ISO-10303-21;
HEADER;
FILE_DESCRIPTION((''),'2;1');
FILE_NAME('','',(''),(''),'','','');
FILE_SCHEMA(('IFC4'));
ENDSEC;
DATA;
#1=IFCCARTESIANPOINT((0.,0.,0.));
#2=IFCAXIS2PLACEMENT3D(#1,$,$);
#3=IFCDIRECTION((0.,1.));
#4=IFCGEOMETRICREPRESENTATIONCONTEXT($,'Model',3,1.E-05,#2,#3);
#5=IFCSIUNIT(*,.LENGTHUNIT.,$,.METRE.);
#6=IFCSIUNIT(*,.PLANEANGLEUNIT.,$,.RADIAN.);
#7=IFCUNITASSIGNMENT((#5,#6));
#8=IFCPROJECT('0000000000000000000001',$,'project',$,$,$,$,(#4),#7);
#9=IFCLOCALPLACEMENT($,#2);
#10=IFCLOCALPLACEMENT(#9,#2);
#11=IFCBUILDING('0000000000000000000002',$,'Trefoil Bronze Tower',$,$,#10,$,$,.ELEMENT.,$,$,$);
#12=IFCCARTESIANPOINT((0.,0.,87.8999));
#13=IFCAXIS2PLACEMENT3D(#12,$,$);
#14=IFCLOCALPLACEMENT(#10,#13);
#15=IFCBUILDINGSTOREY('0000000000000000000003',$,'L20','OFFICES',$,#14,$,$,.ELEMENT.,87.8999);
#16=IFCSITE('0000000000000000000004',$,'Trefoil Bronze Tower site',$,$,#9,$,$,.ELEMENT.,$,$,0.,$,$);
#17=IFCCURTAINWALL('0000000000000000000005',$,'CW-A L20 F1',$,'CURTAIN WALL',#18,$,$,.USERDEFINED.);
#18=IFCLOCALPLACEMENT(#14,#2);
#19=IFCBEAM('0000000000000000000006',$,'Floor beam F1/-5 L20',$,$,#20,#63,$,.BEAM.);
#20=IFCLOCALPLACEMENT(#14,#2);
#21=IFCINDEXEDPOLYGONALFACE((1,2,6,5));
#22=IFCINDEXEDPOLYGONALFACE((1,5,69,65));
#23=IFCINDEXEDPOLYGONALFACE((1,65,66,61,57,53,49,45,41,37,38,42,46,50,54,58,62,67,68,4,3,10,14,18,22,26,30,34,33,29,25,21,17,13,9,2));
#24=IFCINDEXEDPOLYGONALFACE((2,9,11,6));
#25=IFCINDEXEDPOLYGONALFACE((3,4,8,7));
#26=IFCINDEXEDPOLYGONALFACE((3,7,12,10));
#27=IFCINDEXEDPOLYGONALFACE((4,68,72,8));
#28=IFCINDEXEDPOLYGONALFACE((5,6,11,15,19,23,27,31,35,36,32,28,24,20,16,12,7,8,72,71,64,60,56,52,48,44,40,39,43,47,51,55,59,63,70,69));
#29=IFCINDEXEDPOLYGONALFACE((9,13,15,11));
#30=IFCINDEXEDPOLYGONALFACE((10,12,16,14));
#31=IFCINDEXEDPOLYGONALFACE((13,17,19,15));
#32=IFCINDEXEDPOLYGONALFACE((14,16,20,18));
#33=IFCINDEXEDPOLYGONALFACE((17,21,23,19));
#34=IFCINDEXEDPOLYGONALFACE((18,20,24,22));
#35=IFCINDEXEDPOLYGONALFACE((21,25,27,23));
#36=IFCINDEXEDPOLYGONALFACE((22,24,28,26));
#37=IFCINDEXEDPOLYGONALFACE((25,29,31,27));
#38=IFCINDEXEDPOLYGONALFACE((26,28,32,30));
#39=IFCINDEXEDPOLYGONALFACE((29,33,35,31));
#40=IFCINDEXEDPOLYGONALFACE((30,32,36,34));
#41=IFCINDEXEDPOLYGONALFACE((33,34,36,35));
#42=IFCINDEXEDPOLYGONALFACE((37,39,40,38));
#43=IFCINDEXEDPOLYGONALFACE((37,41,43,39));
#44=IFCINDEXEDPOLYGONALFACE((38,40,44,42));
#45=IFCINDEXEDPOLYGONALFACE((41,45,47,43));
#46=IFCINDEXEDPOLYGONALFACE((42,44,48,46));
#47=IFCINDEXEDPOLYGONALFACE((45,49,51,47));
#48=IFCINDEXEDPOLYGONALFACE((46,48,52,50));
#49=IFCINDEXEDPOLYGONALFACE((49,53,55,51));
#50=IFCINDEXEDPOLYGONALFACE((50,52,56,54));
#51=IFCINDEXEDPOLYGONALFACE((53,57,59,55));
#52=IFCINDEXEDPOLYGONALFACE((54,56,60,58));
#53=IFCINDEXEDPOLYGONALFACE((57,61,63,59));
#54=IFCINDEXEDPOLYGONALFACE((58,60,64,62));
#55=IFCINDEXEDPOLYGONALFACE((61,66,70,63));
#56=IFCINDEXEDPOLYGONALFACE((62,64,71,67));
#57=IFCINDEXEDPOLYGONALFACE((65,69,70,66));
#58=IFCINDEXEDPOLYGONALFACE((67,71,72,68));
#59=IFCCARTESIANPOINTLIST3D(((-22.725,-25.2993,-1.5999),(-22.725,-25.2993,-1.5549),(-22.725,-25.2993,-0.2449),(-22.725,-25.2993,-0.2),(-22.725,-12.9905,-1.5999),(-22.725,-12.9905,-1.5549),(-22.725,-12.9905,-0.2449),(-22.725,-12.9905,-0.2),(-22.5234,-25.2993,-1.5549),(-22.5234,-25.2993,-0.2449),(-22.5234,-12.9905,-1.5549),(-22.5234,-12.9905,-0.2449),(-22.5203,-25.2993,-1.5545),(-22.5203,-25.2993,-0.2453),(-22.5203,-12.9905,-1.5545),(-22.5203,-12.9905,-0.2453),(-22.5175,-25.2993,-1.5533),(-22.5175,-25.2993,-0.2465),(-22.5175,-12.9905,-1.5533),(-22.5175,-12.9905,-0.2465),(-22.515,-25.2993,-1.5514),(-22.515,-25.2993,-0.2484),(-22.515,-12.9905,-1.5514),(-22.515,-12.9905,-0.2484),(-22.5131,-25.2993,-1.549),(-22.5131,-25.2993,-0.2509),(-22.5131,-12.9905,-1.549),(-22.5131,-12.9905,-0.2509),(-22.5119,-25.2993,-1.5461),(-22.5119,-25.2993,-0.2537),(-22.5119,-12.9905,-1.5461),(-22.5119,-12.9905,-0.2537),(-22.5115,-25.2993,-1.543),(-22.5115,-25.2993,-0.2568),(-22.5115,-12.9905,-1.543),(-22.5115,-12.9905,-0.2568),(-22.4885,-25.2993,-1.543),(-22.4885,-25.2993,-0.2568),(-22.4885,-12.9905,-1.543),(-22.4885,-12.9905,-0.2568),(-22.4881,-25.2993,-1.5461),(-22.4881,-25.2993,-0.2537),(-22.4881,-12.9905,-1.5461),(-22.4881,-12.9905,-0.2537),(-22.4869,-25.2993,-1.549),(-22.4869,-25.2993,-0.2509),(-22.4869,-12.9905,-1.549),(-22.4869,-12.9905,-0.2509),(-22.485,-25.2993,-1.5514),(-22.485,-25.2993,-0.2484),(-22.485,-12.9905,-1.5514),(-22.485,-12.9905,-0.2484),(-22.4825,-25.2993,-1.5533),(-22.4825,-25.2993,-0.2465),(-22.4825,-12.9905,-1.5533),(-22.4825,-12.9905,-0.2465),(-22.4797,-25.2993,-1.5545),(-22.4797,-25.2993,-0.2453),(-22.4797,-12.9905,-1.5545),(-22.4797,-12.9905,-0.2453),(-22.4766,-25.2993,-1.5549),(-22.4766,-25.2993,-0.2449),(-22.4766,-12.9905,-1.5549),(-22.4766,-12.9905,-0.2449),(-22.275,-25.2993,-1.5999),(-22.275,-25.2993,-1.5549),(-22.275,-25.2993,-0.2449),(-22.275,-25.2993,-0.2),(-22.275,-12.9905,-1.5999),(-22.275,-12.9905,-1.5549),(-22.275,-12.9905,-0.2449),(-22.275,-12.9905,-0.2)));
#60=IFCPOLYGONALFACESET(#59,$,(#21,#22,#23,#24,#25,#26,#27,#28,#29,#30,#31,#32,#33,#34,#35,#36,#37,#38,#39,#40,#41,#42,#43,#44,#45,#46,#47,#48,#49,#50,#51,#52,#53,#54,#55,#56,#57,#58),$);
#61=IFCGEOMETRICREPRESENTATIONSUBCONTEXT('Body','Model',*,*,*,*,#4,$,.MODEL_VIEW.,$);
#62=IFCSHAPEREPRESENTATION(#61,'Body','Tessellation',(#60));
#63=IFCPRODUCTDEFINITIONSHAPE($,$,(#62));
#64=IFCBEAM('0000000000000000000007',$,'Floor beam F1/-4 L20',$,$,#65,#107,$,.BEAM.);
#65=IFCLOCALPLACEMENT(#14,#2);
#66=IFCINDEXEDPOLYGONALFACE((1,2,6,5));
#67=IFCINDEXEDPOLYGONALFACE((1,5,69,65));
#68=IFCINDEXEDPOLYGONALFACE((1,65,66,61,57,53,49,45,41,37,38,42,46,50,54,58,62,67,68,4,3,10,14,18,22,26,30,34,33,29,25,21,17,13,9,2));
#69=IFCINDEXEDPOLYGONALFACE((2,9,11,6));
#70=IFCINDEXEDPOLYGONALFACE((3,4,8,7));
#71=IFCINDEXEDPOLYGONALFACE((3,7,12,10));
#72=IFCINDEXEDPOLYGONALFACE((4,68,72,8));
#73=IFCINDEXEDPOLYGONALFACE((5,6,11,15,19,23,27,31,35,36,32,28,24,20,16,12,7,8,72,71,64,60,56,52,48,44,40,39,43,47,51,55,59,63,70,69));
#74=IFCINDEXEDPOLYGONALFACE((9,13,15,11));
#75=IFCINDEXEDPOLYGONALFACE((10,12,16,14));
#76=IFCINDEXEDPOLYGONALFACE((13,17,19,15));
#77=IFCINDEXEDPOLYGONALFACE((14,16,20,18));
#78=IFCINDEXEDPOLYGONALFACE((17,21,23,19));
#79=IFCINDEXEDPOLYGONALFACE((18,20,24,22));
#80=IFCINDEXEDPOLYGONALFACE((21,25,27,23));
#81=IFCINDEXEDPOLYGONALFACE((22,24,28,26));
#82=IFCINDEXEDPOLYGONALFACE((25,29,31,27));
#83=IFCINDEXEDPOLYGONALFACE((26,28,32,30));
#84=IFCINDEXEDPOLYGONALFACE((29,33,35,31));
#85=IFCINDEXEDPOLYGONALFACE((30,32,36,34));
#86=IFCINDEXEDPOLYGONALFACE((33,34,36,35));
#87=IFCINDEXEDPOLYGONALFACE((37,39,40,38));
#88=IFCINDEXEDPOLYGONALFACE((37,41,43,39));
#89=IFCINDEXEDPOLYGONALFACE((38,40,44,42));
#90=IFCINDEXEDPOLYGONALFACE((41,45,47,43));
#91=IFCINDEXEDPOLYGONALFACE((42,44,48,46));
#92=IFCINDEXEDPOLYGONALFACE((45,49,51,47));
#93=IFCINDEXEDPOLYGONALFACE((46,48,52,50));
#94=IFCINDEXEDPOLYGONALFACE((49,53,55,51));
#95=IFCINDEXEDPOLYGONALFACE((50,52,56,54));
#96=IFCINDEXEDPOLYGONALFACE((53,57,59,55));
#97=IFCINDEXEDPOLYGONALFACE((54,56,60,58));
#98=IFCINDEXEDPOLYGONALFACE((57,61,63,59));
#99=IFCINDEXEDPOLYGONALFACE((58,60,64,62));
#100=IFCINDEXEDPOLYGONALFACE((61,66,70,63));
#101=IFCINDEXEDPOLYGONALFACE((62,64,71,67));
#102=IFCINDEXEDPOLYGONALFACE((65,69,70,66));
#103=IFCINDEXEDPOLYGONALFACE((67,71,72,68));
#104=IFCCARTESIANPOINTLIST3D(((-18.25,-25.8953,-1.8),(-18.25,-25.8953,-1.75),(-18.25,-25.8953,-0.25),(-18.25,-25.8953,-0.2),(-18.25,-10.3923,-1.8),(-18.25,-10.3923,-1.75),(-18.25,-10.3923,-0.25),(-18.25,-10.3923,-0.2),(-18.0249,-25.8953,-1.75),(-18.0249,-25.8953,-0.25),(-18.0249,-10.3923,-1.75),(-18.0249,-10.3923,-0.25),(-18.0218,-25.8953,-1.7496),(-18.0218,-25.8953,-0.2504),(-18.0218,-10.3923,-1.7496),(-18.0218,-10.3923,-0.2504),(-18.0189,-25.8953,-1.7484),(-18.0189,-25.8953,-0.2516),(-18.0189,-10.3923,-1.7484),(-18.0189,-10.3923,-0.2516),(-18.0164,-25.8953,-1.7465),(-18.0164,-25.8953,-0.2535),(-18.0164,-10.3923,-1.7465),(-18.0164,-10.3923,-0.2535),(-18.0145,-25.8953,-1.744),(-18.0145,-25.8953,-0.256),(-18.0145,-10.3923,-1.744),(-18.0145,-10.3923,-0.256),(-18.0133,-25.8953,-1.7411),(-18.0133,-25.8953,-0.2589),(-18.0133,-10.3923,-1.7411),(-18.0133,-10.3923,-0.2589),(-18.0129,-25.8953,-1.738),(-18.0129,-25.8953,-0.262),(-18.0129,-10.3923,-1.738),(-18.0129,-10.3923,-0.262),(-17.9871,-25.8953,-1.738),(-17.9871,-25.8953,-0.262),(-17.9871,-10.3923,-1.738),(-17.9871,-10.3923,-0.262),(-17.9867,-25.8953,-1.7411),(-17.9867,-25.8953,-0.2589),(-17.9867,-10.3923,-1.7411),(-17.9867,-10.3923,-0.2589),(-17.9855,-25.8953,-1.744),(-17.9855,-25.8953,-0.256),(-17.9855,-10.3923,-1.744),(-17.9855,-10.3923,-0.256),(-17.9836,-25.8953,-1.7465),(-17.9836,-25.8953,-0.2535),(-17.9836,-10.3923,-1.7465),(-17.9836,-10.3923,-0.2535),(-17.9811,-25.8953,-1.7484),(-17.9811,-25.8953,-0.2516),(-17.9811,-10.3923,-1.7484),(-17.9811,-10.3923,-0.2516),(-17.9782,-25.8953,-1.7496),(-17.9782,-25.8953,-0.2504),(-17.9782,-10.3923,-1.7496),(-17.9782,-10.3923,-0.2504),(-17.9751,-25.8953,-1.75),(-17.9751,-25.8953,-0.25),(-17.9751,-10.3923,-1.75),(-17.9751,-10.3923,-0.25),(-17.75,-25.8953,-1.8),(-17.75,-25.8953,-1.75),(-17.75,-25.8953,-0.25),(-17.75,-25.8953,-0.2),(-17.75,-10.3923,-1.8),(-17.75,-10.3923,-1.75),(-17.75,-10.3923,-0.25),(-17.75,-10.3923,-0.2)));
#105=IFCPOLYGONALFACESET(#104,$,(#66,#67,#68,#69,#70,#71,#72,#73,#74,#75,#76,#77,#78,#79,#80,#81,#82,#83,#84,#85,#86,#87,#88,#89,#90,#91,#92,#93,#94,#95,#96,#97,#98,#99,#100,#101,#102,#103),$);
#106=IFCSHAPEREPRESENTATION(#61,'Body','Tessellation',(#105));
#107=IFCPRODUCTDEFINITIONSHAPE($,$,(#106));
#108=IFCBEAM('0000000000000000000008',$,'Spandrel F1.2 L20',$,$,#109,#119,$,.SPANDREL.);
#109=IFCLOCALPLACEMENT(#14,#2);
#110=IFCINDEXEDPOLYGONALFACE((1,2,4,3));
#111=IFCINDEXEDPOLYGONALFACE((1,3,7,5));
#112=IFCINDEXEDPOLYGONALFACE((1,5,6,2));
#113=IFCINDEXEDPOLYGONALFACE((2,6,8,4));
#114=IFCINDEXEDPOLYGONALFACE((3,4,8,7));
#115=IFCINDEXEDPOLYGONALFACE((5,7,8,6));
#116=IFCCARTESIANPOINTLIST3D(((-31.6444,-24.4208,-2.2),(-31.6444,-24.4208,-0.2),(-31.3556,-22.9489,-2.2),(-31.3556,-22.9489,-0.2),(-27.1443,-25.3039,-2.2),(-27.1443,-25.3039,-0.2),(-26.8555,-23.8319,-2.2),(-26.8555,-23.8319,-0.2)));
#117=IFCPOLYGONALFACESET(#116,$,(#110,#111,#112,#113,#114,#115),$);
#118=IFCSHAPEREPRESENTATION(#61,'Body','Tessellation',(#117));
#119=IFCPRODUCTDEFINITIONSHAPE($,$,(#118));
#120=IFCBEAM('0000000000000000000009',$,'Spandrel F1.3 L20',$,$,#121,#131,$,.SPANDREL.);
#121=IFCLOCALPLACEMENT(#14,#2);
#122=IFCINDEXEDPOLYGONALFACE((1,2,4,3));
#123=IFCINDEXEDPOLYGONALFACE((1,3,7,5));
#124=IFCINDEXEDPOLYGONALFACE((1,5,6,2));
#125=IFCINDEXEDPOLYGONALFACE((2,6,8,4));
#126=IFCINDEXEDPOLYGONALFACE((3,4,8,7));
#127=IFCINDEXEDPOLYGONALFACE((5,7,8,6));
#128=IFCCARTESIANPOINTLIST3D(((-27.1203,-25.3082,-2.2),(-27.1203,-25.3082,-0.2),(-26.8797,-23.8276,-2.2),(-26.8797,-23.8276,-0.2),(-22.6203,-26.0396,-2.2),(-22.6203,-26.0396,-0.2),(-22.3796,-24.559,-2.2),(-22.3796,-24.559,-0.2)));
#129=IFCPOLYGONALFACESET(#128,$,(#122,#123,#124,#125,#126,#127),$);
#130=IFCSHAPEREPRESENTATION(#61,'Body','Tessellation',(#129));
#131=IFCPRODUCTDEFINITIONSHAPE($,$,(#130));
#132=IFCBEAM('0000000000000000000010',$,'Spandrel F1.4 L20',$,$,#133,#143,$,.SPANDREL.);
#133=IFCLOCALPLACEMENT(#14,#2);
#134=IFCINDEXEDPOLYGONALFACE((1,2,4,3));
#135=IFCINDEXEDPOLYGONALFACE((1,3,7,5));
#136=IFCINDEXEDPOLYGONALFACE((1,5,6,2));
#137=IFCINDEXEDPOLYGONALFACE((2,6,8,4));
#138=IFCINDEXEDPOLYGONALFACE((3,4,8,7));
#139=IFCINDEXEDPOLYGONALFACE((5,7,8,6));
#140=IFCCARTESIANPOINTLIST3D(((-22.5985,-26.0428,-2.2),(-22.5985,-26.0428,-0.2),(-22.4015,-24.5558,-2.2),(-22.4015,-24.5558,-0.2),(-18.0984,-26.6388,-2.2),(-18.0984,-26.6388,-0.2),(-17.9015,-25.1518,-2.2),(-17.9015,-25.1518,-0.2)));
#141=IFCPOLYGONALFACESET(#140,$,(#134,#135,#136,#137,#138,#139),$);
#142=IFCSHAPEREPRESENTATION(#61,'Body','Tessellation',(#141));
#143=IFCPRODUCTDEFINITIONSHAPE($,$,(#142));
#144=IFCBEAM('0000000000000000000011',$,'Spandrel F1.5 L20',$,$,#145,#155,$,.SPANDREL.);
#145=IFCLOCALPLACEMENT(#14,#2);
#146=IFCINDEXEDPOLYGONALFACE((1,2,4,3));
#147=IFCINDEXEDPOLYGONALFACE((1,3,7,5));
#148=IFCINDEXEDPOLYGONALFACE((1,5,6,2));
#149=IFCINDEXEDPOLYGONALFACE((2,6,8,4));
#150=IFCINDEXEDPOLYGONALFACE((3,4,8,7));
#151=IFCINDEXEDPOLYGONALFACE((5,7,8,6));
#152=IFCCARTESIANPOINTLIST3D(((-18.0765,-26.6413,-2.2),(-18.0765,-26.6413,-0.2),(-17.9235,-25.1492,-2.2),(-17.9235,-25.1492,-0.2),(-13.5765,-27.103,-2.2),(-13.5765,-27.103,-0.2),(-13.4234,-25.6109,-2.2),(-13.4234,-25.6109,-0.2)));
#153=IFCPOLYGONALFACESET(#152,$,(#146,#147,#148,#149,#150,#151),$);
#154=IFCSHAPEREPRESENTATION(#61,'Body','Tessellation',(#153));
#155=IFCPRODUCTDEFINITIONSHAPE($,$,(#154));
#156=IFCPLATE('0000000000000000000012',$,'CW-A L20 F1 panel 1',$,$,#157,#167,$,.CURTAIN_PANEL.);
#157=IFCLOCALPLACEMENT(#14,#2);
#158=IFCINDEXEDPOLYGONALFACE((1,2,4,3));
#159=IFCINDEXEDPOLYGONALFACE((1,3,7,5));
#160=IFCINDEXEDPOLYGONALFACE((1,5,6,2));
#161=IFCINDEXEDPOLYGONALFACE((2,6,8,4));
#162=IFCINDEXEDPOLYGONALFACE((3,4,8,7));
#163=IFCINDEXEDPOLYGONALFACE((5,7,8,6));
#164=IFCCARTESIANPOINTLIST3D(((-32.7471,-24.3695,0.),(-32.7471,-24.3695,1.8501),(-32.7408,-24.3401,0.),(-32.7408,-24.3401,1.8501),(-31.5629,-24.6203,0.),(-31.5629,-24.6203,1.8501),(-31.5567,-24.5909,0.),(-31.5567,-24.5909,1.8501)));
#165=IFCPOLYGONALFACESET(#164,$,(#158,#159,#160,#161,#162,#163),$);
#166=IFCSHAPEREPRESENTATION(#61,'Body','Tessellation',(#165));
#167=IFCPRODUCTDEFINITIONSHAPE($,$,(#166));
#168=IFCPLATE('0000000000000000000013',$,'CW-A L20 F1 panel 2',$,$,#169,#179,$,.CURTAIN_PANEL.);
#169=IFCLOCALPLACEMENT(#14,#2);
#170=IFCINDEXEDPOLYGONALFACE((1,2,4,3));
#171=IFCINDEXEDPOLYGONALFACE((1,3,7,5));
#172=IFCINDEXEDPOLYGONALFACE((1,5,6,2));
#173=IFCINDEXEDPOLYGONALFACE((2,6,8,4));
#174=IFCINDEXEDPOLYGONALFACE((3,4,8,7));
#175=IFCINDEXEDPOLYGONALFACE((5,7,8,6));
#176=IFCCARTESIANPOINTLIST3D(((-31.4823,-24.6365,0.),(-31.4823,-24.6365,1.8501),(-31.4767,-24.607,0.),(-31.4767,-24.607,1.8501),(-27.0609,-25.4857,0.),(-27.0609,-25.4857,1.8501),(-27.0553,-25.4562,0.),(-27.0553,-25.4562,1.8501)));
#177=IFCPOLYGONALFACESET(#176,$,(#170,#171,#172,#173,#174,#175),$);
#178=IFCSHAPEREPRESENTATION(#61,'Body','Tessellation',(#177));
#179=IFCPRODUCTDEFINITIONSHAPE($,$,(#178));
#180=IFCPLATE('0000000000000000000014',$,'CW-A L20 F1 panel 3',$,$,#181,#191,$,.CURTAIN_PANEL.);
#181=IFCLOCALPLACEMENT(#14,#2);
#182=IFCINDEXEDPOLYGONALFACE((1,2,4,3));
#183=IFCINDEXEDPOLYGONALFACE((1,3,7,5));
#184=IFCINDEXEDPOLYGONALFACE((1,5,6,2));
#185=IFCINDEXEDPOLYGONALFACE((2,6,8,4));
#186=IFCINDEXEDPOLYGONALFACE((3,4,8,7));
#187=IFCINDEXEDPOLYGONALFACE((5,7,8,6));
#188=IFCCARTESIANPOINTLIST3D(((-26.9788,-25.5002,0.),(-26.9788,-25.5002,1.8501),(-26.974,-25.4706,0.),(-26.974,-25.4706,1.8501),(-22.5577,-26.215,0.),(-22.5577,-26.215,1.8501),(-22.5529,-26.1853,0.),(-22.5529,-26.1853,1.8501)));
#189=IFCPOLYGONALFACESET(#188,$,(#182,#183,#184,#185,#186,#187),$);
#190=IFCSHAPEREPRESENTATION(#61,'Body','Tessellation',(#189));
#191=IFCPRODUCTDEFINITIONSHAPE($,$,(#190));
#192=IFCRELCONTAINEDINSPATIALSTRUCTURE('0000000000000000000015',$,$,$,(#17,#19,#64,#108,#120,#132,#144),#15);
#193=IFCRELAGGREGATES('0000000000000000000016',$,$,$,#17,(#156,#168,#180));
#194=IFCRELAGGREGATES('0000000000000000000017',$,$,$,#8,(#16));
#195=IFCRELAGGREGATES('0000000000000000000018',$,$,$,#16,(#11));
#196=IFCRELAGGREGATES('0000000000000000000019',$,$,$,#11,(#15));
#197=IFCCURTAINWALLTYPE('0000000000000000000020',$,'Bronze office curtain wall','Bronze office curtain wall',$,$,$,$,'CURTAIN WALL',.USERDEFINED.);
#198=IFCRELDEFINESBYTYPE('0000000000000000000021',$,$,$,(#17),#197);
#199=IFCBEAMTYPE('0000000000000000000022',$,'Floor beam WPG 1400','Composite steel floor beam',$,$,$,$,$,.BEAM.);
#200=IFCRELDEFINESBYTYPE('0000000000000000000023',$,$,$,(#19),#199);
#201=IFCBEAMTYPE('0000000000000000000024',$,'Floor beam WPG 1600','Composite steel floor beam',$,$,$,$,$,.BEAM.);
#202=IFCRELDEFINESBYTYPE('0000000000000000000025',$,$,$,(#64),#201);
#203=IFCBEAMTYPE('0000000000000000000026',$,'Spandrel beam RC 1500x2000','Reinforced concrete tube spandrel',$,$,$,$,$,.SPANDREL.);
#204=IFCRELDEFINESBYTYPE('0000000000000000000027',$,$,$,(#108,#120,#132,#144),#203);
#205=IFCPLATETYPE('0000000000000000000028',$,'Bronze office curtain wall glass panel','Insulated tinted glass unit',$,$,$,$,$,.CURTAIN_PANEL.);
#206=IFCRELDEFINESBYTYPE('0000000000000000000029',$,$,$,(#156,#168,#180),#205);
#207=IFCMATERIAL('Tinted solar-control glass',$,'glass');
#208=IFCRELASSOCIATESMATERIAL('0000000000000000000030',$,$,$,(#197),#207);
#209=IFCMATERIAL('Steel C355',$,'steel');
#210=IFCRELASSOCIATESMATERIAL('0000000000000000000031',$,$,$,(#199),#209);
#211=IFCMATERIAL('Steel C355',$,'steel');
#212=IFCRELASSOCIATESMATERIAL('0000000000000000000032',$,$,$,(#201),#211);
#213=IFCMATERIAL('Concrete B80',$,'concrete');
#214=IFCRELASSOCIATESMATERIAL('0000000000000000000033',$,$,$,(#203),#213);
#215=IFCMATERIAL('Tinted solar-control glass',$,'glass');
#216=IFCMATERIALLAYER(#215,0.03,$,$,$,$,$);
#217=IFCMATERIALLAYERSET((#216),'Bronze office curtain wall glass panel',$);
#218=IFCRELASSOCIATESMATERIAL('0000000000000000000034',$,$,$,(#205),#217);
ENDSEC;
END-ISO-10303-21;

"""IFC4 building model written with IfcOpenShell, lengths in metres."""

from ifc_helpers import new_model, si_unit, direction, frame, origin, origin_2d, place, context, subcontext, project, spatial, rectangle, i_section, extrude, material, layer, layer_set, material_profile, profile_set, type_object, element, aggregate, save


model = new_model("IFC4")

# Units and contexts
model_context = context("Model", 3, precision=1e-05, world=origin(), true_north=direction((0.0, 1.0)))
body_context = subcontext(model_context, "Body", "Model", "MODEL_VIEW")
ifc_project = project(units=[si_unit("LENGTHUNIT", "METRE"), si_unit("PLANEANGLEUNIT", "RADIAN")], contexts=[model_context])

# Site, building, storey
site_placement = place(None, origin())
site = spatial("IfcSite", under=ifc_project, at=site_placement, Name="Trefoil Bronze Tower site", CompositionType="ELEMENT", RefElevation=0.0)
building_placement = place(site_placement, origin())
building = spatial("IfcBuilding", under=site, at=building_placement, Name="Trefoil Bronze Tower", CompositionType="ELEMENT")
storey_placement = place(building_placement, frame((0.0, 0.0, 87.8999)))
storey = spatial("IfcBuildingStorey", under=building, at=storey_placement, Name="L20", Description="OFFICES", CompositionType="ELEMENT", Elevation=87.8999)

# Curtain wall
ifc_material_1 = material(Name="Tinted solar-control glass", Category="glass")
curtain_wall_type_1 = type_object("IfcCurtainWallType", Name="Bronze office curtain wall", Description="Bronze office curtain wall", ElementType="CURTAIN WALL", PredefinedType="USERDEFINED", material=ifc_material_1)
curtain_wall_1_placement = place(storey_placement, origin())
curtain_wall_1 = element("IfcCurtainWall", 1, at=curtain_wall_1_placement, inside=storey, type_object=curtain_wall_type_1, Name="CW-A L20 F1", ObjectType="CURTAIN WALL", PredefinedType="USERDEFINED")

# Beams
ifc_material_2 = material(Name="Steel C355", Category="steel")
ifc_material_profile_1 = material_profile(ifc_material_2, i_section(OverallWidth=0.45, OverallDepth=1.3999, WebThickness=0.0229, FlangeThickness=0.0449, FilletRadius=0.012, at=origin_2d()), Name="WPG 1400")
ifc_profile_set_1 = profile_set([ifc_material_profile_1], Name="Steel C355")
beam_type_1 = type_object("IfcBeamType", Name="Floor beam WPG 1400", Description="Composite steel floor beam", PredefinedType="BEAM", material=ifc_profile_set_1)
beam_1_placement = place(storey_placement, frame((-22.5, -25.2993, -0.8999), z_axis=(0.0, 1.0, 0.0), x_axis=(-1.0, 0.0, 0.0)))
element("IfcBeam", 2, at=beam_1_placement, inside=storey, type_object=beam_type_1, Name="Floor beam F1/-5 L20", PredefinedType="BEAM", context=body_context, shape_type="SweptSolid", body=[
    extrude(i_section(OverallWidth=0.45, OverallDepth=1.3999, WebThickness=0.0229, FlangeThickness=0.0449, FilletRadius=0.012, at=origin_2d()), origin(), (0.0, 0.0, 1.0), 12.3088),
])
ifc_material_3 = material(Name="Steel C355", Category="steel")
ifc_material_profile_2 = material_profile(ifc_material_3, i_section(OverallWidth=0.5, OverallDepth=1.6001, WebThickness=0.0259, FlangeThickness=0.05, FilletRadius=0.012, at=origin_2d()), Name="WPG 1600")
ifc_profile_set_2 = profile_set([ifc_material_profile_2], Name="Steel C355")
beam_type_2 = type_object("IfcBeamType", Name="Floor beam WPG 1600", Description="Composite steel floor beam", PredefinedType="BEAM", material=ifc_profile_set_2)
beam_2_placement = place(storey_placement, frame((-18.0, -25.8953, -1.0), z_axis=(0.0, 1.0, 0.0), x_axis=(-1.0, 0.0, 0.0)))
element("IfcBeam", 3, at=beam_2_placement, inside=storey, type_object=beam_type_2, Name="Floor beam F1/-4 L20", PredefinedType="BEAM", context=body_context, shape_type="SweptSolid", body=[
    extrude(i_section(OverallWidth=0.5, OverallDepth=1.6001, WebThickness=0.0259, FlangeThickness=0.05, FilletRadius=0.012, at=origin_2d()), origin(), (0.0, 0.0, 1.0), 15.5029),
])
ifc_material_4 = material(Name="Concrete B80", Category="concrete")
ifc_material_profile_3 = material_profile(ifc_material_4, rectangle(XDim=1.5, YDim=2.0, at=origin_2d()), Name="RC 1500x2000")
ifc_profile_set_3 = profile_set([ifc_material_profile_3], Name="Concrete B80")
beam_type_3 = type_object("IfcBeamType", Name="Spandrel beam RC 1500x2000", Description="Reinforced concrete tube spandrel", PredefinedType="SPANDREL", material=ifc_profile_set_3)
beam_3_placement = place(storey_placement, frame((-31.5, -23.6848, -1.2), z_axis=(0.981285, -0.192562, 0.0), x_axis=(0.192562, 0.981285, 0.0)))
element("IfcBeam", 4, at=beam_3_placement, inside=storey, type_object=beam_type_3, Name="Spandrel F1.2 L20", PredefinedType="SPANDREL", context=body_context, shape_type="SweptSolid", body=[
    extrude(rectangle(XDim=1.5, YDim=2.0, at=origin_2d()), origin(), (0.0, 0.0, 1.0), 4.5859),
])
beam_4_placement = place(storey_placement, frame((-27.0, -24.5679, -1.2), z_axis=(0.987046, -0.160438, 0.0), x_axis=(0.160438, 0.987046, 0.0)))
element("IfcBeam", 5, at=beam_4_placement, inside=storey, type_object=beam_type_3, Name="Spandrel F1.3 L20", PredefinedType="SPANDREL", context=body_context, shape_type="SweptSolid", body=[
    extrude(rectangle(XDim=1.5, YDim=2.0, at=origin_2d()), origin(), (0.0, 0.0, 1.0), 4.5591),
])
beam_5_placement = place(storey_placement, frame((-22.5, -25.2993, -1.2), z_axis=(0.991344, -0.131286, 0.0), x_axis=(0.131286, 0.991344, 0.0)))
element("IfcBeam", 6, at=beam_5_placement, inside=storey, type_object=beam_type_3, Name="Spandrel F1.4 L20", PredefinedType="SPANDREL", context=body_context, shape_type="SweptSolid", body=[
    extrude(rectangle(XDim=1.5, YDim=2.0, at=origin_2d()), origin(), (0.0, 0.0, 1.0), 4.5393),
])
beam_6_placement = place(storey_placement, frame((-18.0, -25.8953, -1.2), z_axis=(0.994778, -0.102058, 0.0), x_axis=(0.102058, 0.994778, 0.0)))
element("IfcBeam", 7, at=beam_6_placement, inside=storey, type_object=beam_type_3, Name="Spandrel F1.5 L20", PredefinedType="SPANDREL", context=body_context, shape_type="SweptSolid", body=[
    extrude(rectangle(XDim=1.5, YDim=2.0, at=origin_2d()), origin(), (0.0, 0.0, 1.0), 4.5237),
])

# Plates
ifc_material_5 = material(Name="Tinted solar-control glass", Category="glass")
ifc_layer_1 = layer(ifc_material_5, 0.03)
ifc_layer_set_1 = layer_set([ifc_layer_1], Name="Bronze office curtain wall glass panel")
plate_type_1 = type_object("IfcPlateType", Name="Bronze office curtain wall glass panel", Description="Insulated tinted glass unit", PredefinedType="CURTAIN_PANEL", material=ifc_layer_set_1)
plate_1_placement = place(storey_placement, frame((-32.1519, -24.4802, 0.0), z_axis=(0.0, 0.0, 1.0), x_axis=(0.978303, -0.207181, 0.0)))
plate_1 = element("IfcPlate", 8, at=plate_1_placement, type_object=plate_type_1, Name="CW-A L20 F1 panel 1", PredefinedType="CURTAIN_PANEL", context=body_context, shape_type="SweptSolid", body=[
    extrude(rectangle(XDim=1.2104, YDim=0.03, at=origin_2d()), origin(), (0.0, 0.0, 1.0), 1.8501),
])
plate_2_placement = place(storey_placement, frame((-29.2688, -25.0464, 0.0), z_axis=(0.0, 0.0, 1.0), x_axis=(0.98205, -0.188622, 0.0)))
plate_2 = element("IfcPlate", 9, at=plate_2_placement, type_object=plate_type_1, Name="CW-A L20 F1 panel 2", PredefinedType="CURTAIN_PANEL", context=body_context, shape_type="SweptSolid", body=[
    extrude(rectangle(XDim=4.5022, YDim=0.03, at=origin_2d()), origin(), (0.0, 0.0, 1.0), 1.8501),
])
plate_3_placement = place(storey_placement, frame((-24.7659, -25.8428, 0.0), z_axis=(0.0, 0.0, 1.0), x_axis=(0.987181, -0.159603, 0.0)))
plate_3 = element("IfcPlate", 10, at=plate_3_placement, type_object=plate_type_1, Name="CW-A L20 F1 panel 3", PredefinedType="CURTAIN_PANEL", context=body_context, shape_type="SweptSolid", body=[
    extrude(rectangle(XDim=4.4785, YDim=0.03, at=origin_2d()), origin(), (0.0, 0.0, 1.0), 1.8501),
])
aggregate(curtain_wall_1, [plate_1, plate_2, plate_3])

save(model, "model.ifc")
